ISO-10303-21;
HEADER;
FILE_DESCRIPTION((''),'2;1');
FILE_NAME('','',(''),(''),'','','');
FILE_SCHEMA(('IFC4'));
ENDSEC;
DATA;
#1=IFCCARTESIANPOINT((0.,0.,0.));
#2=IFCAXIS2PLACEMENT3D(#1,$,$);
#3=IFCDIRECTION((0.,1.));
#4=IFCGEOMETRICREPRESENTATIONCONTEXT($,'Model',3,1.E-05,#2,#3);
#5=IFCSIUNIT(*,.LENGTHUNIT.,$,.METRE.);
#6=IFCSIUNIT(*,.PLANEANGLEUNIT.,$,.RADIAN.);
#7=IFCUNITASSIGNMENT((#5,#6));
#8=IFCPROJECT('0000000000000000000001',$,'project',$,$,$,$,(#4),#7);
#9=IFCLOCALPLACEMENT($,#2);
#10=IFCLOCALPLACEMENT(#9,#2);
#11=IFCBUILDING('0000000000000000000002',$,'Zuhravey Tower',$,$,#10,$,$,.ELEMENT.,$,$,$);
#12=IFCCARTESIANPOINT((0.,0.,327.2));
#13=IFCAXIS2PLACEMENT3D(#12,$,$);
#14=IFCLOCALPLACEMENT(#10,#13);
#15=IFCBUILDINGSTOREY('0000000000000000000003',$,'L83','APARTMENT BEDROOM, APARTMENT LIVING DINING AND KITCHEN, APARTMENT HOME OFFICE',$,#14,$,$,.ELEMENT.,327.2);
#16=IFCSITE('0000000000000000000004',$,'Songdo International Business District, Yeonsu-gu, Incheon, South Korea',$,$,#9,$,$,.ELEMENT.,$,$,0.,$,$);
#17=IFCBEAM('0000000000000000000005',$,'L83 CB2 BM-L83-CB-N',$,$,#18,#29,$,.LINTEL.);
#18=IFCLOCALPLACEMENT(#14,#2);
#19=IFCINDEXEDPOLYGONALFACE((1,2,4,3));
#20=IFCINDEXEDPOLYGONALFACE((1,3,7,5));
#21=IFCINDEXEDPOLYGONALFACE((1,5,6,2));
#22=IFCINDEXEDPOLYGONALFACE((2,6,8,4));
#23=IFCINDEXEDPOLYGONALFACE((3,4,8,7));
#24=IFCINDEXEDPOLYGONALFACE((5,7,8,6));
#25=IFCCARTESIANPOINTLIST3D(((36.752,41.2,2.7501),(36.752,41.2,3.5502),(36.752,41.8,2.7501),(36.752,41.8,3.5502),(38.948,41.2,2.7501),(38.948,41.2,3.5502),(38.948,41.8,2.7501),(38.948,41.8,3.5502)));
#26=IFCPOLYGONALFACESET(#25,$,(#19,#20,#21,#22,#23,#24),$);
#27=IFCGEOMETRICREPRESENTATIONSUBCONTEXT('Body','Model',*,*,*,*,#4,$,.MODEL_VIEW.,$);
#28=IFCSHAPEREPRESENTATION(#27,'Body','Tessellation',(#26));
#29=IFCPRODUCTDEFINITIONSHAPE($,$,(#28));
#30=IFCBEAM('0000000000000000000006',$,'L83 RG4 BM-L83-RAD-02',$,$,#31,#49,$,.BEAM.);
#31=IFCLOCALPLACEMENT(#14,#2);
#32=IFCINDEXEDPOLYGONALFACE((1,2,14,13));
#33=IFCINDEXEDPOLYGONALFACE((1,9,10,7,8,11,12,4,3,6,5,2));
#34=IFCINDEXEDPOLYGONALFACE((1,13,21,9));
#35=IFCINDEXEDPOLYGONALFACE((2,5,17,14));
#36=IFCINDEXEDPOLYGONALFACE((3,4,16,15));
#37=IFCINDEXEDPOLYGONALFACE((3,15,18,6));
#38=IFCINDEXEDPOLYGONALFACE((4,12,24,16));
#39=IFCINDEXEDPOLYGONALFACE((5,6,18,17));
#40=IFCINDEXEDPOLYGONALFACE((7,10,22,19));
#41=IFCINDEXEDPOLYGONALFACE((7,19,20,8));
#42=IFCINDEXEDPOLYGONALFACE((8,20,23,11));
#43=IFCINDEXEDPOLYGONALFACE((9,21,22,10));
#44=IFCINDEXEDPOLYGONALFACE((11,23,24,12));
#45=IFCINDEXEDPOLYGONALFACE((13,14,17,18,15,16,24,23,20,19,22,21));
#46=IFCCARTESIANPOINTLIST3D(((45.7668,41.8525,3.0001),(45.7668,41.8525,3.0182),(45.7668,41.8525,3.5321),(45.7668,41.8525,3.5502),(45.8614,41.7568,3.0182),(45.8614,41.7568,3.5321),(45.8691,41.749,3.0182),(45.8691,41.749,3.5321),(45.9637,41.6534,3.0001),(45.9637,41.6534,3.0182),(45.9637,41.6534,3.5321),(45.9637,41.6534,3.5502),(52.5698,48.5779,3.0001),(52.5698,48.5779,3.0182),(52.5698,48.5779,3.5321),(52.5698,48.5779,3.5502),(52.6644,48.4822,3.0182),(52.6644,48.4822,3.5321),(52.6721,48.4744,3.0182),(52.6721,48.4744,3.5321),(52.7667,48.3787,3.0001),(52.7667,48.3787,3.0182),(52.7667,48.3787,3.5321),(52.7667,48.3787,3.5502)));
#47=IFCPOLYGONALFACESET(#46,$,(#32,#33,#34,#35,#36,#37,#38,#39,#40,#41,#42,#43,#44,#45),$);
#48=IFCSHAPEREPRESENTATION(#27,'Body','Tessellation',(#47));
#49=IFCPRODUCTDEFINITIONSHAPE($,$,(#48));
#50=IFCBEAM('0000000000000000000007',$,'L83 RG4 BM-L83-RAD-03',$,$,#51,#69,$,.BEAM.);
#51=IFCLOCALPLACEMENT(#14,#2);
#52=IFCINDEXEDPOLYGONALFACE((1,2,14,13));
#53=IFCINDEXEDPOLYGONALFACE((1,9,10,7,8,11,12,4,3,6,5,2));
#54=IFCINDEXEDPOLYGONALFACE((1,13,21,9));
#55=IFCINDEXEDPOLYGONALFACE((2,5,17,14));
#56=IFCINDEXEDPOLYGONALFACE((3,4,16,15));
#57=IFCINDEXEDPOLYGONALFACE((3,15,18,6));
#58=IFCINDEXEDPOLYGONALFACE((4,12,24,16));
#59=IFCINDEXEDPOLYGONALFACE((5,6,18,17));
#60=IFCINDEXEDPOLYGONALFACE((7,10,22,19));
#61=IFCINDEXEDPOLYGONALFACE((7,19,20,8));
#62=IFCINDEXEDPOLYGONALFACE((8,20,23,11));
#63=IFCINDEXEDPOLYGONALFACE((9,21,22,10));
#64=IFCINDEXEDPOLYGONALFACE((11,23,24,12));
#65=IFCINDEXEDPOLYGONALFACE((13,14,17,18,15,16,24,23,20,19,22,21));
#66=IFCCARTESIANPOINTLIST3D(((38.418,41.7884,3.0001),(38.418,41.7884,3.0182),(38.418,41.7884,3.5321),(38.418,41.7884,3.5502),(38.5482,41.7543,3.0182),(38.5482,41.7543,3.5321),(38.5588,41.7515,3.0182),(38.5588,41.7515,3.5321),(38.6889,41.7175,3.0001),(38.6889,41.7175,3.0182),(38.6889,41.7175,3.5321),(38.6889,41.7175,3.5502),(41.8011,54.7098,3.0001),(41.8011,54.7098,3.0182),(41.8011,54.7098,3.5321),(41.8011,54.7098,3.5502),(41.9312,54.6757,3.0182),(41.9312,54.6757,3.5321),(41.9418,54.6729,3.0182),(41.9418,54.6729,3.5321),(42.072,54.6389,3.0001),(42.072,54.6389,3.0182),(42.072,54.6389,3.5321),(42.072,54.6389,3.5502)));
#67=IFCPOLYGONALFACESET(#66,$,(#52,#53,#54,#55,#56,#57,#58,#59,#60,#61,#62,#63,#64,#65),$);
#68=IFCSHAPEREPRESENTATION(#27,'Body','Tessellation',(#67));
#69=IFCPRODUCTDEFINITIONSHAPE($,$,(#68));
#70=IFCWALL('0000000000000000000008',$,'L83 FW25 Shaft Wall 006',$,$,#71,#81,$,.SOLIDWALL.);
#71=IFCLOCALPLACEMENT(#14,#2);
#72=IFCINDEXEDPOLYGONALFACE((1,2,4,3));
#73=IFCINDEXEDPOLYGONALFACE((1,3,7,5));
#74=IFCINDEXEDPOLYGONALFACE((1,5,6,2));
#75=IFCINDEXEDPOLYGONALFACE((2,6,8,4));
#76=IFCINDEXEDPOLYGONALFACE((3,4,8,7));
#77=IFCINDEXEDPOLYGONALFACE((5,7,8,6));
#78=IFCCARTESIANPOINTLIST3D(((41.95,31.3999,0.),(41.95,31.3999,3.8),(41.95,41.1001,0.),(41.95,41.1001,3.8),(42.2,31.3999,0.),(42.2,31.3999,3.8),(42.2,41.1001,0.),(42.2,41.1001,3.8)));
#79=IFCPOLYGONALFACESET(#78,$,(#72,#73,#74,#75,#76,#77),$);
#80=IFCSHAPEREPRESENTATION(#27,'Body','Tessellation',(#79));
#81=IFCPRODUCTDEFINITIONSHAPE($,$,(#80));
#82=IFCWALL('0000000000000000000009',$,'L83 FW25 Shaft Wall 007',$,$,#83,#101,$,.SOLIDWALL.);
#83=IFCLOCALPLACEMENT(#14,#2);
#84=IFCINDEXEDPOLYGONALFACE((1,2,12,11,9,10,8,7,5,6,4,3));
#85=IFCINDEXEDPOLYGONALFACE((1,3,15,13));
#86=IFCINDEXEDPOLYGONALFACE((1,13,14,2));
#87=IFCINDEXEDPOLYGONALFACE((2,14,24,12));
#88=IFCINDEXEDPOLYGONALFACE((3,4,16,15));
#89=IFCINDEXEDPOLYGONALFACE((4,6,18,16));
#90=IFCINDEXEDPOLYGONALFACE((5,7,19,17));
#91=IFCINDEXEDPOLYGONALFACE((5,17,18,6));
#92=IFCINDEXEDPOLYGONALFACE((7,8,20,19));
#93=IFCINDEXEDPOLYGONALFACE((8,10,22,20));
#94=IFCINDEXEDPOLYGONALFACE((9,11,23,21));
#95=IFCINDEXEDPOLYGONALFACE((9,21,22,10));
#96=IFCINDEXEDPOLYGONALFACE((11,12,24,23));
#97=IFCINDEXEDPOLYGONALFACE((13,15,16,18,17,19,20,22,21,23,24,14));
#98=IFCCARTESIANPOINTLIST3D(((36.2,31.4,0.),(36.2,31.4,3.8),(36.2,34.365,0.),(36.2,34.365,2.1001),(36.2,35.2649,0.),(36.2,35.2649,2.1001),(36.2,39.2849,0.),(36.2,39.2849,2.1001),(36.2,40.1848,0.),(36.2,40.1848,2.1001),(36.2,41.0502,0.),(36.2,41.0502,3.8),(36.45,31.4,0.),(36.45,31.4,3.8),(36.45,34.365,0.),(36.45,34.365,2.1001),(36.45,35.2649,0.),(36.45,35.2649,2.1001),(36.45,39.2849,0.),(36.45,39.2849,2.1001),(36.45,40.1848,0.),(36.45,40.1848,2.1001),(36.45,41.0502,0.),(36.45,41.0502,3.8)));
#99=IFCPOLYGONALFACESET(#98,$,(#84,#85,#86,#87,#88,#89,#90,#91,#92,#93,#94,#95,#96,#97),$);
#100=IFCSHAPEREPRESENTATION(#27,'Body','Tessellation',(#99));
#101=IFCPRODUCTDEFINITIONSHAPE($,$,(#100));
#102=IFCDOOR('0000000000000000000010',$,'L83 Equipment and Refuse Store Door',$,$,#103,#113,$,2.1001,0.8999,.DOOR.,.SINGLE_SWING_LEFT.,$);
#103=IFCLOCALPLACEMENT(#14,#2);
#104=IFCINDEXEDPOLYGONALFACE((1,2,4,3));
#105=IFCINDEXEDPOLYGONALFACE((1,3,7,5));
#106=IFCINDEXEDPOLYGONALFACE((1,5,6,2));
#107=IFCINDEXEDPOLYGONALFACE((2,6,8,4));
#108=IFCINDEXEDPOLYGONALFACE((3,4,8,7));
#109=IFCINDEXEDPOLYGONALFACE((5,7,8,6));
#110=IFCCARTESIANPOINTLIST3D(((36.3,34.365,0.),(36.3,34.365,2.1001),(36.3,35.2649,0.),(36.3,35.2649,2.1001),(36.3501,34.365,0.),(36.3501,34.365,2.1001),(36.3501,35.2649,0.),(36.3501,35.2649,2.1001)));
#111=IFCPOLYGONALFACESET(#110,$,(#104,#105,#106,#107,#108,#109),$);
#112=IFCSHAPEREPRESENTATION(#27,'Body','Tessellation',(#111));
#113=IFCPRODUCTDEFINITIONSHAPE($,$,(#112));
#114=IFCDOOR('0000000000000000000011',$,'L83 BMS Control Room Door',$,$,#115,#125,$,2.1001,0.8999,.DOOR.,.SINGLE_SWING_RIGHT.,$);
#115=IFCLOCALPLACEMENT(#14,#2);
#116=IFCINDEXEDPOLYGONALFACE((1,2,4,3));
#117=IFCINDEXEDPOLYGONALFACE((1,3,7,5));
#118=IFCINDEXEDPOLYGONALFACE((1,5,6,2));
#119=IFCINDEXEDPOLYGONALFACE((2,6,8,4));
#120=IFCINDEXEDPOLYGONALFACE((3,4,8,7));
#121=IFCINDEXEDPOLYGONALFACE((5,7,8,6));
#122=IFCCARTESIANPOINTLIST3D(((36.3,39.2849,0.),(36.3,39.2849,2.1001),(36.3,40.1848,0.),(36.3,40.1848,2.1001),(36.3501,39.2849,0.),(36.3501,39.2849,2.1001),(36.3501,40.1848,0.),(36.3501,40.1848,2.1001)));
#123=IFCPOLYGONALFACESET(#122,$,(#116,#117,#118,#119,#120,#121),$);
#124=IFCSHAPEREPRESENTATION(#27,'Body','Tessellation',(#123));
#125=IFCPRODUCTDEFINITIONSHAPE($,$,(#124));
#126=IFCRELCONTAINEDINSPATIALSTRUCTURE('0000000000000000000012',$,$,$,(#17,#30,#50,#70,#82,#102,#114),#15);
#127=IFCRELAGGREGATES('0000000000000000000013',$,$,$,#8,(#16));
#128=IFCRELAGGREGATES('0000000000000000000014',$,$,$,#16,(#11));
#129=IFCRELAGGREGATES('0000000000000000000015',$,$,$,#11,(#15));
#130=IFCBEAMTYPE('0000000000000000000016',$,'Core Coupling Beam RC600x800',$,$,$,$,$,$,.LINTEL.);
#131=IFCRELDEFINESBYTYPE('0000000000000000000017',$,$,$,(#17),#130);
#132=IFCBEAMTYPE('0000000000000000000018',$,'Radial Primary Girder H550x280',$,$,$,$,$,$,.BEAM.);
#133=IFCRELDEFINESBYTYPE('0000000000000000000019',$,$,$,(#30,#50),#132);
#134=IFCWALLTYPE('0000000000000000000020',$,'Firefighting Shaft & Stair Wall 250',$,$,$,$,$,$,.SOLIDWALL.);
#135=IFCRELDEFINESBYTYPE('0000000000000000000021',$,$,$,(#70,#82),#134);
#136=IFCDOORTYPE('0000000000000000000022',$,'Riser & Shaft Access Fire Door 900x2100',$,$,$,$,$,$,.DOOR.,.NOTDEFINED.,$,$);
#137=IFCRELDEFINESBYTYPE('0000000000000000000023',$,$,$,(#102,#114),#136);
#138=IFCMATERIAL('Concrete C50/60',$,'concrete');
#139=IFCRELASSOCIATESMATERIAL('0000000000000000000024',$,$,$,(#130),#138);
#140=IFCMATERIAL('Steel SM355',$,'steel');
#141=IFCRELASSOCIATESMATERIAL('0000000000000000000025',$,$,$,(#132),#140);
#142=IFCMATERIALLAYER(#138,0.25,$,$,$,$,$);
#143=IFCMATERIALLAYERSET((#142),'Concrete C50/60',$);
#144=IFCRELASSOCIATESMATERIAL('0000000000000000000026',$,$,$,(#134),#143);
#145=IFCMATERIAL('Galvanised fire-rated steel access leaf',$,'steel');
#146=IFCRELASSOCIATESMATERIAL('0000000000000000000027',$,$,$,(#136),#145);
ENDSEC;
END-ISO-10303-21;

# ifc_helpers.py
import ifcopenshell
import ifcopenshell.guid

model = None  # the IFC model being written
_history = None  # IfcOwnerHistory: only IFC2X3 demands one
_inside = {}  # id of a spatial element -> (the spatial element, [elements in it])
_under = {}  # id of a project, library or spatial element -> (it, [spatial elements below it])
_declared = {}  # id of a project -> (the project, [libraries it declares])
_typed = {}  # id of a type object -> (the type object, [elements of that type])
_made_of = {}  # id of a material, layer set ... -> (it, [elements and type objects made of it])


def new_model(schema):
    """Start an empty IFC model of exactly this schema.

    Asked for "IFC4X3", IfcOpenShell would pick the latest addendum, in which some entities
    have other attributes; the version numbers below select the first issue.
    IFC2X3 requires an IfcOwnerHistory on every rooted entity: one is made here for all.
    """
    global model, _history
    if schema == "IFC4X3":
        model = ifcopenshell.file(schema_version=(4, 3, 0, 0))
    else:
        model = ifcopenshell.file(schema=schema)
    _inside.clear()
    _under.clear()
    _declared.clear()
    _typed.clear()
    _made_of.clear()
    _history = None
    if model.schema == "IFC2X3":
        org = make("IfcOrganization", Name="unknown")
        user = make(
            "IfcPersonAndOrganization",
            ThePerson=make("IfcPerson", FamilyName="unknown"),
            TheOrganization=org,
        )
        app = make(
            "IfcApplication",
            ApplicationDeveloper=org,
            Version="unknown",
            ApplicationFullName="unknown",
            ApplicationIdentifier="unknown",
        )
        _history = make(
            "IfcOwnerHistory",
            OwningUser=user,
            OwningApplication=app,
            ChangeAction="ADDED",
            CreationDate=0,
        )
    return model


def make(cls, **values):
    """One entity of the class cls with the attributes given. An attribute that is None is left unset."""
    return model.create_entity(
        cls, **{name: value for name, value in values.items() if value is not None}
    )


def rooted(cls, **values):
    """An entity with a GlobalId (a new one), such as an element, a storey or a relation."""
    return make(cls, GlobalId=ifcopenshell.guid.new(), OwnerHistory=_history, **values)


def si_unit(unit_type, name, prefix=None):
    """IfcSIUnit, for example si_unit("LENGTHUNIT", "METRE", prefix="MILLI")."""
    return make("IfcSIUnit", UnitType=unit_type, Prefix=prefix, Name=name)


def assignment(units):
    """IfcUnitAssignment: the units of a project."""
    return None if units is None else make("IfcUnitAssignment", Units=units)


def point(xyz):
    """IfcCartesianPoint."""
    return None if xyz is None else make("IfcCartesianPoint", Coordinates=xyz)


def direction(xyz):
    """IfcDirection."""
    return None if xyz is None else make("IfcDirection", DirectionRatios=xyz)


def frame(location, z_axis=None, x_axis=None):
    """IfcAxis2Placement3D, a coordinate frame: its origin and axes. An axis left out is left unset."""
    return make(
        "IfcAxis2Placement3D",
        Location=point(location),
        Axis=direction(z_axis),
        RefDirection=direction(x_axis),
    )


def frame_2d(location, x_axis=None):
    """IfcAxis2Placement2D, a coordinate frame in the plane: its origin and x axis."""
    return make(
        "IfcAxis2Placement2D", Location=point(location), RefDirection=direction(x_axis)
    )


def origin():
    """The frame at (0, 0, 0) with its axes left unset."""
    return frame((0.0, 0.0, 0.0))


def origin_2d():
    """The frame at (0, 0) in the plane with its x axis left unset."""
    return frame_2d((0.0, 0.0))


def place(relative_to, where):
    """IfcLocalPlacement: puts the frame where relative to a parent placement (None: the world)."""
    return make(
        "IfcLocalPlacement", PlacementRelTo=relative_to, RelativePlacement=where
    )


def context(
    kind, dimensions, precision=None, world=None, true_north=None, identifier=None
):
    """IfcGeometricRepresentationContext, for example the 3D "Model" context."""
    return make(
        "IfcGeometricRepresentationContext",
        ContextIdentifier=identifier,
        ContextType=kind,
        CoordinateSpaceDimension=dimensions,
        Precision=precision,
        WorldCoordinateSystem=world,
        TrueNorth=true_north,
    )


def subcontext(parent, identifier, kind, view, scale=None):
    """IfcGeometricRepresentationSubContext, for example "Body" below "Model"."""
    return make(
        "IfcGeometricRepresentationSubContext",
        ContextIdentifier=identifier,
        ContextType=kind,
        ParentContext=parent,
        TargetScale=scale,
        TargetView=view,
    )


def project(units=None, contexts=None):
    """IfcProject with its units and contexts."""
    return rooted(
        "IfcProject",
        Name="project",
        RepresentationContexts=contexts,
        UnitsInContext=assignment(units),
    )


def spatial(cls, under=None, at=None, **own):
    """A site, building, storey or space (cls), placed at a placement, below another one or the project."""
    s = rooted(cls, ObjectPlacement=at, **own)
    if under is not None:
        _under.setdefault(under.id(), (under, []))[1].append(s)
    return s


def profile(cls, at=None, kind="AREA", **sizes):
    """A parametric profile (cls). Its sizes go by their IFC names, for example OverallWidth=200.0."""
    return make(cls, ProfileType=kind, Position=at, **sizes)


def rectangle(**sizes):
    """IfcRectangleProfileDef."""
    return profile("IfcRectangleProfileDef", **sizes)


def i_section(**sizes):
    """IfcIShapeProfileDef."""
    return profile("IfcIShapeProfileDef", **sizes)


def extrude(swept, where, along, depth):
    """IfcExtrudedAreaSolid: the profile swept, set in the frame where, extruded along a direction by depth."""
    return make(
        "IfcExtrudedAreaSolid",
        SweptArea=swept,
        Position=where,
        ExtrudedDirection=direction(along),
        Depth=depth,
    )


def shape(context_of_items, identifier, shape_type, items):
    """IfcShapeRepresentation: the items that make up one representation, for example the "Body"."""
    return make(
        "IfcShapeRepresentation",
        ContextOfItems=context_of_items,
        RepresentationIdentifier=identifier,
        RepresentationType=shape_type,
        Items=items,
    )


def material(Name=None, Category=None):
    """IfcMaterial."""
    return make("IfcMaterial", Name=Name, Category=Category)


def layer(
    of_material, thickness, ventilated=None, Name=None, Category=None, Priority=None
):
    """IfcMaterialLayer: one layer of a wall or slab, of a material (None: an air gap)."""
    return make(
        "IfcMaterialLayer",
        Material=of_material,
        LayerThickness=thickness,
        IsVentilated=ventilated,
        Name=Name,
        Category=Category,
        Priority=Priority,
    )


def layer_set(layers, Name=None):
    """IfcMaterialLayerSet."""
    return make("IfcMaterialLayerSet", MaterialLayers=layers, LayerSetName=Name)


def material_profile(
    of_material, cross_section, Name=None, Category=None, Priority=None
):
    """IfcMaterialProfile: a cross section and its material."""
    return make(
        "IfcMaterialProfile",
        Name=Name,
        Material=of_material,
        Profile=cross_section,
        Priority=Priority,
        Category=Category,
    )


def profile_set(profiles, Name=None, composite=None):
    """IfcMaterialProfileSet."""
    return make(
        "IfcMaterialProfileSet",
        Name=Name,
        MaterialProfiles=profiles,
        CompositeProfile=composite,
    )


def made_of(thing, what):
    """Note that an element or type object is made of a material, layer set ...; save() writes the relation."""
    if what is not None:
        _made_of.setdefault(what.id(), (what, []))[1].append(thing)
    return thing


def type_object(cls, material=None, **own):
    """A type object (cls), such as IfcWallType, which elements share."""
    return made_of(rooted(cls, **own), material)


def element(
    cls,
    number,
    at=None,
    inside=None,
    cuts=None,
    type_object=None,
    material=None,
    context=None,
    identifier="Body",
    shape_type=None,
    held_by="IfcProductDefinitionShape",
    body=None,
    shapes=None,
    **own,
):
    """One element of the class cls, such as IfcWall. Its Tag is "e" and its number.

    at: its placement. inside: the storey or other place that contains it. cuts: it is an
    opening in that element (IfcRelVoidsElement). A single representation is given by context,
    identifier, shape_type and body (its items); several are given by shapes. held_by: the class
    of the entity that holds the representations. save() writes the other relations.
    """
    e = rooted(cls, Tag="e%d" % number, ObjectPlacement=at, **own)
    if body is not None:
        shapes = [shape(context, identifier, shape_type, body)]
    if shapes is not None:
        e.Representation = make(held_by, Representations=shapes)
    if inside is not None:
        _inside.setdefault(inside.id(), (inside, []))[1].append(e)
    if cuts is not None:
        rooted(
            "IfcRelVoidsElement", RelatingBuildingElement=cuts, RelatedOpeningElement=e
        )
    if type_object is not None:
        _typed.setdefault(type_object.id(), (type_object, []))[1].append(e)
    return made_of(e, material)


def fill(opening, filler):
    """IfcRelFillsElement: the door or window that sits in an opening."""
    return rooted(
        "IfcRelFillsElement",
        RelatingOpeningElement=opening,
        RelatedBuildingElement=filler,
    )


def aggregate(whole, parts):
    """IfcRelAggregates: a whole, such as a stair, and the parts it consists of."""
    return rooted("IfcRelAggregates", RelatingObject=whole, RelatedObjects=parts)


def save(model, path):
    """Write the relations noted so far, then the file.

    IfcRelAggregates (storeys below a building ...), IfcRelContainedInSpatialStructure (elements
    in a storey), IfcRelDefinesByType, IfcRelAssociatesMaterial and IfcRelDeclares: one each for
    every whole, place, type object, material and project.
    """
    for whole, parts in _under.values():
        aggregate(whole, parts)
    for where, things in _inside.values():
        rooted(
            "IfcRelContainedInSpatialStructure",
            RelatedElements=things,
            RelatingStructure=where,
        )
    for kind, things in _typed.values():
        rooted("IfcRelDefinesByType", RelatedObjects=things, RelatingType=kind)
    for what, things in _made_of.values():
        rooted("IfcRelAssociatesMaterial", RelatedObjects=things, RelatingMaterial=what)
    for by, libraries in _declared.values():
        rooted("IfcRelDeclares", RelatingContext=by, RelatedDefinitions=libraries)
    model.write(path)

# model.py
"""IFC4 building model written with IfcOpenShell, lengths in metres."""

from ifc_helpers import new_model, si_unit, direction, frame, frame_2d, origin, origin_2d, place, context, subcontext, project, spatial, rectangle, i_section, extrude, material, layer, layer_set, material_profile, profile_set, type_object, element, fill, save


model = new_model("IFC4")

# Units and contexts
model_context = context("Model", 3, precision=1e-05, world=origin(), true_north=direction((0.0, 1.0)))
body_context = subcontext(model_context, "Body", "Model", "MODEL_VIEW")
ifc_project = project(units=[si_unit("LENGTHUNIT", "METRE"), si_unit("PLANEANGLEUNIT", "RADIAN")], contexts=[model_context])

# Site, building, storey
site_placement = place(None, origin())
site = spatial("IfcSite", under=ifc_project, at=site_placement, Name="Songdo International Business District, Yeonsu-gu, Incheon, South Korea", CompositionType="ELEMENT", RefElevation=0.0)
building_placement = place(site_placement, origin())
building = spatial("IfcBuilding", under=site, at=building_placement, Name="Zuhravey Tower", CompositionType="ELEMENT")
storey_placement = place(building_placement, frame((0.0, 0.0, 327.2)))
storey = spatial("IfcBuildingStorey", under=building, at=storey_placement, Name="L83", Description="APARTMENT BEDROOM, APARTMENT LIVING DINING AND KITCHEN, APARTMENT HOME OFFICE", CompositionType="ELEMENT", Elevation=327.2)

# Beams
ifc_material_1 = material(Name="Concrete C50/60", Category="concrete")
ifc_material_profile_1 = material_profile(ifc_material_1, rectangle(XDim=0.6001, YDim=0.8, at=origin_2d()), Name="RC-600x800")
ifc_profile_set_1 = profile_set([ifc_material_profile_1], Name="Concrete C50/60")
beam_type_1 = type_object("IfcBeamType", Name="Core Coupling Beam RC600x800", PredefinedType="LINTEL", material=ifc_profile_set_1)
beam_1_placement = place(storey_placement, frame((36.752, 41.5, 3.1501), z_axis=(1.0, 0.0, 0.0), x_axis=(0.0, 1.0, 0.0)))
element("IfcBeam", 1, at=beam_1_placement, inside=storey, type_object=beam_type_1, Name="L83 CB2 BM-L83-CB-N", PredefinedType="LINTEL", context=body_context, shape_type="SweptSolid", body=[
    extrude(rectangle(XDim=0.6001, YDim=0.8, at=origin_2d()), origin(), (0.0, 0.0, 1.0), 2.196),
])
ifc_material_2 = material(Name="Steel SM355", Category="steel")
ifc_material_profile_2 = material_profile(ifc_material_2, i_section(OverallWidth=0.28, OverallDepth=0.55, WebThickness=0.011, FlangeThickness=0.0181, at=origin_2d()), Name="H-550x280x11x18")
ifc_profile_set_2 = profile_set([ifc_material_profile_2], Name="Steel SM355")
beam_type_2 = type_object("IfcBeamType", Name="Radial Primary Girder H550x280", PredefinedType="BEAM", material=ifc_profile_set_2)
beam_2_placement = place(storey_placement, frame((45.8652, 41.7529, 3.2751), z_axis=(0.711153, 0.703037, 0.0), x_axis=(-0.703037, 0.711153, 0.0)))
element("IfcBeam", 2, at=beam_2_placement, inside=storey, type_object=beam_type_2, Name="L83 RG4 BM-L83-RAD-02", PredefinedType="BEAM", context=body_context, shape_type="SweptSolid", body=[
    extrude(i_section(OverallWidth=0.28, OverallDepth=0.55, WebThickness=0.011, FlangeThickness=0.0181, at=origin_2d()), origin(), (0.0, 0.0, 1.0), 9.5662),
])
beam_3_placement = place(storey_placement, frame((38.5535, 41.7529, 3.2751), z_axis=(0.253281, 0.967393, 0.0), x_axis=(-0.967393, 0.253281, 0.0)))
element("IfcBeam", 3, at=beam_3_placement, inside=storey, type_object=beam_type_2, Name="L83 RG4 BM-L83-RAD-03", PredefinedType="BEAM", context=body_context, shape_type="SweptSolid", body=[
    extrude(i_section(OverallWidth=0.28, OverallDepth=0.55, WebThickness=0.011, FlangeThickness=0.0181, at=origin_2d()), origin(), (0.0, 0.0, 1.0), 13.3569),
])

# Shared definitions
ifc_layer_1 = layer(ifc_material_1, 0.25)
ifc_layer_set_1 = layer_set([ifc_layer_1], Name="Concrete C50/60")
wall_type_1 = type_object("IfcWallType", Name="Firefighting Shaft & Stair Wall 250", PredefinedType="SOLIDWALL", material=ifc_layer_set_1)

# Wall
wall_1_placement = place(storey_placement, frame((42.075, 31.3999, 0.0), z_axis=(0.0, 0.0, 1.0), x_axis=(0.0, 1.0, 0.0)))
element("IfcWall", 4, at=wall_1_placement, inside=storey, type_object=wall_type_1, Name="L83 FW25 Shaft Wall 006", PredefinedType="SOLIDWALL", context=body_context, shape_type="SweptSolid", body=[
    extrude(rectangle(XDim=9.7002, YDim=0.25, at=frame_2d((4.8501, 0.0))), origin(), (0.0, 0.0, 1.0), 3.8),
])

# Wall, openings, doors
wall_2_placement = place(storey_placement, frame((36.325, 31.3999, 0.0), z_axis=(0.0, 0.0, 1.0), x_axis=(0.0, 1.0, 0.0)))
wall_2 = element("IfcWall", 5, at=wall_2_placement, inside=storey, type_object=wall_type_1, Name="L83 FW25 Shaft Wall 007", PredefinedType="SOLIDWALL", context=body_context, shape_type="SweptSolid", body=[
    extrude(rectangle(XDim=9.6501, YDim=0.25, at=frame_2d((4.8252, 0.0))), origin(), (0.0, 0.0, 1.0), 3.8),
])
opening_1_placement = place(wall_2_placement, frame((2.9651, 0.0, 0.0)))
opening_1 = element("IfcOpeningElement", 6, at=opening_1_placement, cuts=wall_2, PredefinedType="OPENING", context=body_context, shape_type="SweptSolid", body=[
    extrude(rectangle(XDim=0.8999, YDim=2.1001, at=frame_2d((0.45, 1.05))), frame((0.0, 0.137, 0.0), z_axis=(0.0, -1.0, 0.0), x_axis=(1.0, 0.0, 0.0)), (0.0, 0.0, 1.0), 0.2739),
])
opening_2_placement = place(wall_2_placement, frame((7.885, 0.0, 0.0)))
opening_2 = element("IfcOpeningElement", 7, at=opening_2_placement, cuts=wall_2, PredefinedType="OPENING", context=body_context, shape_type="SweptSolid", body=[
    extrude(rectangle(XDim=0.8999, YDim=2.1001, at=frame_2d((0.45, 1.05))), frame((0.0, 0.137, 0.0), z_axis=(0.0, -1.0, 0.0), x_axis=(1.0, 0.0, 0.0)), (0.0, 0.0, 1.0), 0.2739),
])
ifc_material_3 = material(Name="Galvanised fire-rated steel access leaf", Category="steel")
door_type_1 = type_object("IfcDoorType", Name="Riser & Shaft Access Fire Door 900x2100", OperationType="NOTDEFINED", PredefinedType="DOOR", material=ifc_material_3)
door_1_placement = place(opening_1_placement, origin())
door_1 = element("IfcDoor", 8, at=door_1_placement, inside=storey, type_object=door_type_1, Name="L83 Equipment and Refuse Store Door", OperationType="SINGLE_SWING_LEFT", OverallHeight=2.1001, OverallWidth=0.8999, PredefinedType="DOOR", context=body_context, shape_type="SweptSolid", body=[
    extrude(rectangle(XDim=0.8999, YDim=2.1001, at=frame_2d((0.45, 1.05))), frame((0.0, 0.0249, 0.0), z_axis=(0.0, -1.0, 0.0), x_axis=(1.0, 0.0, 0.0)), (0.0, 0.0, 1.0), 0.05),
])
fill(opening_1, door_1)
door_2_placement = place(opening_2_placement, origin())
door_2 = element("IfcDoor", 9, at=door_2_placement, inside=storey, type_object=door_type_1, Name="L83 BMS Control Room Door", OperationType="SINGLE_SWING_RIGHT", OverallHeight=2.1001, OverallWidth=0.8999, PredefinedType="DOOR", context=body_context, shape_type="SweptSolid", body=[
    extrude(rectangle(XDim=0.8999, YDim=2.1001, at=frame_2d((0.45, 1.05))), frame((0.0, 0.0249, 0.0), z_axis=(0.0, -1.0, 0.0), x_axis=(1.0, 0.0, 0.0)), (0.0, 0.0, 1.0), 0.05),
])
fill(opening_2, door_2)

save(model, "model.ifc")
